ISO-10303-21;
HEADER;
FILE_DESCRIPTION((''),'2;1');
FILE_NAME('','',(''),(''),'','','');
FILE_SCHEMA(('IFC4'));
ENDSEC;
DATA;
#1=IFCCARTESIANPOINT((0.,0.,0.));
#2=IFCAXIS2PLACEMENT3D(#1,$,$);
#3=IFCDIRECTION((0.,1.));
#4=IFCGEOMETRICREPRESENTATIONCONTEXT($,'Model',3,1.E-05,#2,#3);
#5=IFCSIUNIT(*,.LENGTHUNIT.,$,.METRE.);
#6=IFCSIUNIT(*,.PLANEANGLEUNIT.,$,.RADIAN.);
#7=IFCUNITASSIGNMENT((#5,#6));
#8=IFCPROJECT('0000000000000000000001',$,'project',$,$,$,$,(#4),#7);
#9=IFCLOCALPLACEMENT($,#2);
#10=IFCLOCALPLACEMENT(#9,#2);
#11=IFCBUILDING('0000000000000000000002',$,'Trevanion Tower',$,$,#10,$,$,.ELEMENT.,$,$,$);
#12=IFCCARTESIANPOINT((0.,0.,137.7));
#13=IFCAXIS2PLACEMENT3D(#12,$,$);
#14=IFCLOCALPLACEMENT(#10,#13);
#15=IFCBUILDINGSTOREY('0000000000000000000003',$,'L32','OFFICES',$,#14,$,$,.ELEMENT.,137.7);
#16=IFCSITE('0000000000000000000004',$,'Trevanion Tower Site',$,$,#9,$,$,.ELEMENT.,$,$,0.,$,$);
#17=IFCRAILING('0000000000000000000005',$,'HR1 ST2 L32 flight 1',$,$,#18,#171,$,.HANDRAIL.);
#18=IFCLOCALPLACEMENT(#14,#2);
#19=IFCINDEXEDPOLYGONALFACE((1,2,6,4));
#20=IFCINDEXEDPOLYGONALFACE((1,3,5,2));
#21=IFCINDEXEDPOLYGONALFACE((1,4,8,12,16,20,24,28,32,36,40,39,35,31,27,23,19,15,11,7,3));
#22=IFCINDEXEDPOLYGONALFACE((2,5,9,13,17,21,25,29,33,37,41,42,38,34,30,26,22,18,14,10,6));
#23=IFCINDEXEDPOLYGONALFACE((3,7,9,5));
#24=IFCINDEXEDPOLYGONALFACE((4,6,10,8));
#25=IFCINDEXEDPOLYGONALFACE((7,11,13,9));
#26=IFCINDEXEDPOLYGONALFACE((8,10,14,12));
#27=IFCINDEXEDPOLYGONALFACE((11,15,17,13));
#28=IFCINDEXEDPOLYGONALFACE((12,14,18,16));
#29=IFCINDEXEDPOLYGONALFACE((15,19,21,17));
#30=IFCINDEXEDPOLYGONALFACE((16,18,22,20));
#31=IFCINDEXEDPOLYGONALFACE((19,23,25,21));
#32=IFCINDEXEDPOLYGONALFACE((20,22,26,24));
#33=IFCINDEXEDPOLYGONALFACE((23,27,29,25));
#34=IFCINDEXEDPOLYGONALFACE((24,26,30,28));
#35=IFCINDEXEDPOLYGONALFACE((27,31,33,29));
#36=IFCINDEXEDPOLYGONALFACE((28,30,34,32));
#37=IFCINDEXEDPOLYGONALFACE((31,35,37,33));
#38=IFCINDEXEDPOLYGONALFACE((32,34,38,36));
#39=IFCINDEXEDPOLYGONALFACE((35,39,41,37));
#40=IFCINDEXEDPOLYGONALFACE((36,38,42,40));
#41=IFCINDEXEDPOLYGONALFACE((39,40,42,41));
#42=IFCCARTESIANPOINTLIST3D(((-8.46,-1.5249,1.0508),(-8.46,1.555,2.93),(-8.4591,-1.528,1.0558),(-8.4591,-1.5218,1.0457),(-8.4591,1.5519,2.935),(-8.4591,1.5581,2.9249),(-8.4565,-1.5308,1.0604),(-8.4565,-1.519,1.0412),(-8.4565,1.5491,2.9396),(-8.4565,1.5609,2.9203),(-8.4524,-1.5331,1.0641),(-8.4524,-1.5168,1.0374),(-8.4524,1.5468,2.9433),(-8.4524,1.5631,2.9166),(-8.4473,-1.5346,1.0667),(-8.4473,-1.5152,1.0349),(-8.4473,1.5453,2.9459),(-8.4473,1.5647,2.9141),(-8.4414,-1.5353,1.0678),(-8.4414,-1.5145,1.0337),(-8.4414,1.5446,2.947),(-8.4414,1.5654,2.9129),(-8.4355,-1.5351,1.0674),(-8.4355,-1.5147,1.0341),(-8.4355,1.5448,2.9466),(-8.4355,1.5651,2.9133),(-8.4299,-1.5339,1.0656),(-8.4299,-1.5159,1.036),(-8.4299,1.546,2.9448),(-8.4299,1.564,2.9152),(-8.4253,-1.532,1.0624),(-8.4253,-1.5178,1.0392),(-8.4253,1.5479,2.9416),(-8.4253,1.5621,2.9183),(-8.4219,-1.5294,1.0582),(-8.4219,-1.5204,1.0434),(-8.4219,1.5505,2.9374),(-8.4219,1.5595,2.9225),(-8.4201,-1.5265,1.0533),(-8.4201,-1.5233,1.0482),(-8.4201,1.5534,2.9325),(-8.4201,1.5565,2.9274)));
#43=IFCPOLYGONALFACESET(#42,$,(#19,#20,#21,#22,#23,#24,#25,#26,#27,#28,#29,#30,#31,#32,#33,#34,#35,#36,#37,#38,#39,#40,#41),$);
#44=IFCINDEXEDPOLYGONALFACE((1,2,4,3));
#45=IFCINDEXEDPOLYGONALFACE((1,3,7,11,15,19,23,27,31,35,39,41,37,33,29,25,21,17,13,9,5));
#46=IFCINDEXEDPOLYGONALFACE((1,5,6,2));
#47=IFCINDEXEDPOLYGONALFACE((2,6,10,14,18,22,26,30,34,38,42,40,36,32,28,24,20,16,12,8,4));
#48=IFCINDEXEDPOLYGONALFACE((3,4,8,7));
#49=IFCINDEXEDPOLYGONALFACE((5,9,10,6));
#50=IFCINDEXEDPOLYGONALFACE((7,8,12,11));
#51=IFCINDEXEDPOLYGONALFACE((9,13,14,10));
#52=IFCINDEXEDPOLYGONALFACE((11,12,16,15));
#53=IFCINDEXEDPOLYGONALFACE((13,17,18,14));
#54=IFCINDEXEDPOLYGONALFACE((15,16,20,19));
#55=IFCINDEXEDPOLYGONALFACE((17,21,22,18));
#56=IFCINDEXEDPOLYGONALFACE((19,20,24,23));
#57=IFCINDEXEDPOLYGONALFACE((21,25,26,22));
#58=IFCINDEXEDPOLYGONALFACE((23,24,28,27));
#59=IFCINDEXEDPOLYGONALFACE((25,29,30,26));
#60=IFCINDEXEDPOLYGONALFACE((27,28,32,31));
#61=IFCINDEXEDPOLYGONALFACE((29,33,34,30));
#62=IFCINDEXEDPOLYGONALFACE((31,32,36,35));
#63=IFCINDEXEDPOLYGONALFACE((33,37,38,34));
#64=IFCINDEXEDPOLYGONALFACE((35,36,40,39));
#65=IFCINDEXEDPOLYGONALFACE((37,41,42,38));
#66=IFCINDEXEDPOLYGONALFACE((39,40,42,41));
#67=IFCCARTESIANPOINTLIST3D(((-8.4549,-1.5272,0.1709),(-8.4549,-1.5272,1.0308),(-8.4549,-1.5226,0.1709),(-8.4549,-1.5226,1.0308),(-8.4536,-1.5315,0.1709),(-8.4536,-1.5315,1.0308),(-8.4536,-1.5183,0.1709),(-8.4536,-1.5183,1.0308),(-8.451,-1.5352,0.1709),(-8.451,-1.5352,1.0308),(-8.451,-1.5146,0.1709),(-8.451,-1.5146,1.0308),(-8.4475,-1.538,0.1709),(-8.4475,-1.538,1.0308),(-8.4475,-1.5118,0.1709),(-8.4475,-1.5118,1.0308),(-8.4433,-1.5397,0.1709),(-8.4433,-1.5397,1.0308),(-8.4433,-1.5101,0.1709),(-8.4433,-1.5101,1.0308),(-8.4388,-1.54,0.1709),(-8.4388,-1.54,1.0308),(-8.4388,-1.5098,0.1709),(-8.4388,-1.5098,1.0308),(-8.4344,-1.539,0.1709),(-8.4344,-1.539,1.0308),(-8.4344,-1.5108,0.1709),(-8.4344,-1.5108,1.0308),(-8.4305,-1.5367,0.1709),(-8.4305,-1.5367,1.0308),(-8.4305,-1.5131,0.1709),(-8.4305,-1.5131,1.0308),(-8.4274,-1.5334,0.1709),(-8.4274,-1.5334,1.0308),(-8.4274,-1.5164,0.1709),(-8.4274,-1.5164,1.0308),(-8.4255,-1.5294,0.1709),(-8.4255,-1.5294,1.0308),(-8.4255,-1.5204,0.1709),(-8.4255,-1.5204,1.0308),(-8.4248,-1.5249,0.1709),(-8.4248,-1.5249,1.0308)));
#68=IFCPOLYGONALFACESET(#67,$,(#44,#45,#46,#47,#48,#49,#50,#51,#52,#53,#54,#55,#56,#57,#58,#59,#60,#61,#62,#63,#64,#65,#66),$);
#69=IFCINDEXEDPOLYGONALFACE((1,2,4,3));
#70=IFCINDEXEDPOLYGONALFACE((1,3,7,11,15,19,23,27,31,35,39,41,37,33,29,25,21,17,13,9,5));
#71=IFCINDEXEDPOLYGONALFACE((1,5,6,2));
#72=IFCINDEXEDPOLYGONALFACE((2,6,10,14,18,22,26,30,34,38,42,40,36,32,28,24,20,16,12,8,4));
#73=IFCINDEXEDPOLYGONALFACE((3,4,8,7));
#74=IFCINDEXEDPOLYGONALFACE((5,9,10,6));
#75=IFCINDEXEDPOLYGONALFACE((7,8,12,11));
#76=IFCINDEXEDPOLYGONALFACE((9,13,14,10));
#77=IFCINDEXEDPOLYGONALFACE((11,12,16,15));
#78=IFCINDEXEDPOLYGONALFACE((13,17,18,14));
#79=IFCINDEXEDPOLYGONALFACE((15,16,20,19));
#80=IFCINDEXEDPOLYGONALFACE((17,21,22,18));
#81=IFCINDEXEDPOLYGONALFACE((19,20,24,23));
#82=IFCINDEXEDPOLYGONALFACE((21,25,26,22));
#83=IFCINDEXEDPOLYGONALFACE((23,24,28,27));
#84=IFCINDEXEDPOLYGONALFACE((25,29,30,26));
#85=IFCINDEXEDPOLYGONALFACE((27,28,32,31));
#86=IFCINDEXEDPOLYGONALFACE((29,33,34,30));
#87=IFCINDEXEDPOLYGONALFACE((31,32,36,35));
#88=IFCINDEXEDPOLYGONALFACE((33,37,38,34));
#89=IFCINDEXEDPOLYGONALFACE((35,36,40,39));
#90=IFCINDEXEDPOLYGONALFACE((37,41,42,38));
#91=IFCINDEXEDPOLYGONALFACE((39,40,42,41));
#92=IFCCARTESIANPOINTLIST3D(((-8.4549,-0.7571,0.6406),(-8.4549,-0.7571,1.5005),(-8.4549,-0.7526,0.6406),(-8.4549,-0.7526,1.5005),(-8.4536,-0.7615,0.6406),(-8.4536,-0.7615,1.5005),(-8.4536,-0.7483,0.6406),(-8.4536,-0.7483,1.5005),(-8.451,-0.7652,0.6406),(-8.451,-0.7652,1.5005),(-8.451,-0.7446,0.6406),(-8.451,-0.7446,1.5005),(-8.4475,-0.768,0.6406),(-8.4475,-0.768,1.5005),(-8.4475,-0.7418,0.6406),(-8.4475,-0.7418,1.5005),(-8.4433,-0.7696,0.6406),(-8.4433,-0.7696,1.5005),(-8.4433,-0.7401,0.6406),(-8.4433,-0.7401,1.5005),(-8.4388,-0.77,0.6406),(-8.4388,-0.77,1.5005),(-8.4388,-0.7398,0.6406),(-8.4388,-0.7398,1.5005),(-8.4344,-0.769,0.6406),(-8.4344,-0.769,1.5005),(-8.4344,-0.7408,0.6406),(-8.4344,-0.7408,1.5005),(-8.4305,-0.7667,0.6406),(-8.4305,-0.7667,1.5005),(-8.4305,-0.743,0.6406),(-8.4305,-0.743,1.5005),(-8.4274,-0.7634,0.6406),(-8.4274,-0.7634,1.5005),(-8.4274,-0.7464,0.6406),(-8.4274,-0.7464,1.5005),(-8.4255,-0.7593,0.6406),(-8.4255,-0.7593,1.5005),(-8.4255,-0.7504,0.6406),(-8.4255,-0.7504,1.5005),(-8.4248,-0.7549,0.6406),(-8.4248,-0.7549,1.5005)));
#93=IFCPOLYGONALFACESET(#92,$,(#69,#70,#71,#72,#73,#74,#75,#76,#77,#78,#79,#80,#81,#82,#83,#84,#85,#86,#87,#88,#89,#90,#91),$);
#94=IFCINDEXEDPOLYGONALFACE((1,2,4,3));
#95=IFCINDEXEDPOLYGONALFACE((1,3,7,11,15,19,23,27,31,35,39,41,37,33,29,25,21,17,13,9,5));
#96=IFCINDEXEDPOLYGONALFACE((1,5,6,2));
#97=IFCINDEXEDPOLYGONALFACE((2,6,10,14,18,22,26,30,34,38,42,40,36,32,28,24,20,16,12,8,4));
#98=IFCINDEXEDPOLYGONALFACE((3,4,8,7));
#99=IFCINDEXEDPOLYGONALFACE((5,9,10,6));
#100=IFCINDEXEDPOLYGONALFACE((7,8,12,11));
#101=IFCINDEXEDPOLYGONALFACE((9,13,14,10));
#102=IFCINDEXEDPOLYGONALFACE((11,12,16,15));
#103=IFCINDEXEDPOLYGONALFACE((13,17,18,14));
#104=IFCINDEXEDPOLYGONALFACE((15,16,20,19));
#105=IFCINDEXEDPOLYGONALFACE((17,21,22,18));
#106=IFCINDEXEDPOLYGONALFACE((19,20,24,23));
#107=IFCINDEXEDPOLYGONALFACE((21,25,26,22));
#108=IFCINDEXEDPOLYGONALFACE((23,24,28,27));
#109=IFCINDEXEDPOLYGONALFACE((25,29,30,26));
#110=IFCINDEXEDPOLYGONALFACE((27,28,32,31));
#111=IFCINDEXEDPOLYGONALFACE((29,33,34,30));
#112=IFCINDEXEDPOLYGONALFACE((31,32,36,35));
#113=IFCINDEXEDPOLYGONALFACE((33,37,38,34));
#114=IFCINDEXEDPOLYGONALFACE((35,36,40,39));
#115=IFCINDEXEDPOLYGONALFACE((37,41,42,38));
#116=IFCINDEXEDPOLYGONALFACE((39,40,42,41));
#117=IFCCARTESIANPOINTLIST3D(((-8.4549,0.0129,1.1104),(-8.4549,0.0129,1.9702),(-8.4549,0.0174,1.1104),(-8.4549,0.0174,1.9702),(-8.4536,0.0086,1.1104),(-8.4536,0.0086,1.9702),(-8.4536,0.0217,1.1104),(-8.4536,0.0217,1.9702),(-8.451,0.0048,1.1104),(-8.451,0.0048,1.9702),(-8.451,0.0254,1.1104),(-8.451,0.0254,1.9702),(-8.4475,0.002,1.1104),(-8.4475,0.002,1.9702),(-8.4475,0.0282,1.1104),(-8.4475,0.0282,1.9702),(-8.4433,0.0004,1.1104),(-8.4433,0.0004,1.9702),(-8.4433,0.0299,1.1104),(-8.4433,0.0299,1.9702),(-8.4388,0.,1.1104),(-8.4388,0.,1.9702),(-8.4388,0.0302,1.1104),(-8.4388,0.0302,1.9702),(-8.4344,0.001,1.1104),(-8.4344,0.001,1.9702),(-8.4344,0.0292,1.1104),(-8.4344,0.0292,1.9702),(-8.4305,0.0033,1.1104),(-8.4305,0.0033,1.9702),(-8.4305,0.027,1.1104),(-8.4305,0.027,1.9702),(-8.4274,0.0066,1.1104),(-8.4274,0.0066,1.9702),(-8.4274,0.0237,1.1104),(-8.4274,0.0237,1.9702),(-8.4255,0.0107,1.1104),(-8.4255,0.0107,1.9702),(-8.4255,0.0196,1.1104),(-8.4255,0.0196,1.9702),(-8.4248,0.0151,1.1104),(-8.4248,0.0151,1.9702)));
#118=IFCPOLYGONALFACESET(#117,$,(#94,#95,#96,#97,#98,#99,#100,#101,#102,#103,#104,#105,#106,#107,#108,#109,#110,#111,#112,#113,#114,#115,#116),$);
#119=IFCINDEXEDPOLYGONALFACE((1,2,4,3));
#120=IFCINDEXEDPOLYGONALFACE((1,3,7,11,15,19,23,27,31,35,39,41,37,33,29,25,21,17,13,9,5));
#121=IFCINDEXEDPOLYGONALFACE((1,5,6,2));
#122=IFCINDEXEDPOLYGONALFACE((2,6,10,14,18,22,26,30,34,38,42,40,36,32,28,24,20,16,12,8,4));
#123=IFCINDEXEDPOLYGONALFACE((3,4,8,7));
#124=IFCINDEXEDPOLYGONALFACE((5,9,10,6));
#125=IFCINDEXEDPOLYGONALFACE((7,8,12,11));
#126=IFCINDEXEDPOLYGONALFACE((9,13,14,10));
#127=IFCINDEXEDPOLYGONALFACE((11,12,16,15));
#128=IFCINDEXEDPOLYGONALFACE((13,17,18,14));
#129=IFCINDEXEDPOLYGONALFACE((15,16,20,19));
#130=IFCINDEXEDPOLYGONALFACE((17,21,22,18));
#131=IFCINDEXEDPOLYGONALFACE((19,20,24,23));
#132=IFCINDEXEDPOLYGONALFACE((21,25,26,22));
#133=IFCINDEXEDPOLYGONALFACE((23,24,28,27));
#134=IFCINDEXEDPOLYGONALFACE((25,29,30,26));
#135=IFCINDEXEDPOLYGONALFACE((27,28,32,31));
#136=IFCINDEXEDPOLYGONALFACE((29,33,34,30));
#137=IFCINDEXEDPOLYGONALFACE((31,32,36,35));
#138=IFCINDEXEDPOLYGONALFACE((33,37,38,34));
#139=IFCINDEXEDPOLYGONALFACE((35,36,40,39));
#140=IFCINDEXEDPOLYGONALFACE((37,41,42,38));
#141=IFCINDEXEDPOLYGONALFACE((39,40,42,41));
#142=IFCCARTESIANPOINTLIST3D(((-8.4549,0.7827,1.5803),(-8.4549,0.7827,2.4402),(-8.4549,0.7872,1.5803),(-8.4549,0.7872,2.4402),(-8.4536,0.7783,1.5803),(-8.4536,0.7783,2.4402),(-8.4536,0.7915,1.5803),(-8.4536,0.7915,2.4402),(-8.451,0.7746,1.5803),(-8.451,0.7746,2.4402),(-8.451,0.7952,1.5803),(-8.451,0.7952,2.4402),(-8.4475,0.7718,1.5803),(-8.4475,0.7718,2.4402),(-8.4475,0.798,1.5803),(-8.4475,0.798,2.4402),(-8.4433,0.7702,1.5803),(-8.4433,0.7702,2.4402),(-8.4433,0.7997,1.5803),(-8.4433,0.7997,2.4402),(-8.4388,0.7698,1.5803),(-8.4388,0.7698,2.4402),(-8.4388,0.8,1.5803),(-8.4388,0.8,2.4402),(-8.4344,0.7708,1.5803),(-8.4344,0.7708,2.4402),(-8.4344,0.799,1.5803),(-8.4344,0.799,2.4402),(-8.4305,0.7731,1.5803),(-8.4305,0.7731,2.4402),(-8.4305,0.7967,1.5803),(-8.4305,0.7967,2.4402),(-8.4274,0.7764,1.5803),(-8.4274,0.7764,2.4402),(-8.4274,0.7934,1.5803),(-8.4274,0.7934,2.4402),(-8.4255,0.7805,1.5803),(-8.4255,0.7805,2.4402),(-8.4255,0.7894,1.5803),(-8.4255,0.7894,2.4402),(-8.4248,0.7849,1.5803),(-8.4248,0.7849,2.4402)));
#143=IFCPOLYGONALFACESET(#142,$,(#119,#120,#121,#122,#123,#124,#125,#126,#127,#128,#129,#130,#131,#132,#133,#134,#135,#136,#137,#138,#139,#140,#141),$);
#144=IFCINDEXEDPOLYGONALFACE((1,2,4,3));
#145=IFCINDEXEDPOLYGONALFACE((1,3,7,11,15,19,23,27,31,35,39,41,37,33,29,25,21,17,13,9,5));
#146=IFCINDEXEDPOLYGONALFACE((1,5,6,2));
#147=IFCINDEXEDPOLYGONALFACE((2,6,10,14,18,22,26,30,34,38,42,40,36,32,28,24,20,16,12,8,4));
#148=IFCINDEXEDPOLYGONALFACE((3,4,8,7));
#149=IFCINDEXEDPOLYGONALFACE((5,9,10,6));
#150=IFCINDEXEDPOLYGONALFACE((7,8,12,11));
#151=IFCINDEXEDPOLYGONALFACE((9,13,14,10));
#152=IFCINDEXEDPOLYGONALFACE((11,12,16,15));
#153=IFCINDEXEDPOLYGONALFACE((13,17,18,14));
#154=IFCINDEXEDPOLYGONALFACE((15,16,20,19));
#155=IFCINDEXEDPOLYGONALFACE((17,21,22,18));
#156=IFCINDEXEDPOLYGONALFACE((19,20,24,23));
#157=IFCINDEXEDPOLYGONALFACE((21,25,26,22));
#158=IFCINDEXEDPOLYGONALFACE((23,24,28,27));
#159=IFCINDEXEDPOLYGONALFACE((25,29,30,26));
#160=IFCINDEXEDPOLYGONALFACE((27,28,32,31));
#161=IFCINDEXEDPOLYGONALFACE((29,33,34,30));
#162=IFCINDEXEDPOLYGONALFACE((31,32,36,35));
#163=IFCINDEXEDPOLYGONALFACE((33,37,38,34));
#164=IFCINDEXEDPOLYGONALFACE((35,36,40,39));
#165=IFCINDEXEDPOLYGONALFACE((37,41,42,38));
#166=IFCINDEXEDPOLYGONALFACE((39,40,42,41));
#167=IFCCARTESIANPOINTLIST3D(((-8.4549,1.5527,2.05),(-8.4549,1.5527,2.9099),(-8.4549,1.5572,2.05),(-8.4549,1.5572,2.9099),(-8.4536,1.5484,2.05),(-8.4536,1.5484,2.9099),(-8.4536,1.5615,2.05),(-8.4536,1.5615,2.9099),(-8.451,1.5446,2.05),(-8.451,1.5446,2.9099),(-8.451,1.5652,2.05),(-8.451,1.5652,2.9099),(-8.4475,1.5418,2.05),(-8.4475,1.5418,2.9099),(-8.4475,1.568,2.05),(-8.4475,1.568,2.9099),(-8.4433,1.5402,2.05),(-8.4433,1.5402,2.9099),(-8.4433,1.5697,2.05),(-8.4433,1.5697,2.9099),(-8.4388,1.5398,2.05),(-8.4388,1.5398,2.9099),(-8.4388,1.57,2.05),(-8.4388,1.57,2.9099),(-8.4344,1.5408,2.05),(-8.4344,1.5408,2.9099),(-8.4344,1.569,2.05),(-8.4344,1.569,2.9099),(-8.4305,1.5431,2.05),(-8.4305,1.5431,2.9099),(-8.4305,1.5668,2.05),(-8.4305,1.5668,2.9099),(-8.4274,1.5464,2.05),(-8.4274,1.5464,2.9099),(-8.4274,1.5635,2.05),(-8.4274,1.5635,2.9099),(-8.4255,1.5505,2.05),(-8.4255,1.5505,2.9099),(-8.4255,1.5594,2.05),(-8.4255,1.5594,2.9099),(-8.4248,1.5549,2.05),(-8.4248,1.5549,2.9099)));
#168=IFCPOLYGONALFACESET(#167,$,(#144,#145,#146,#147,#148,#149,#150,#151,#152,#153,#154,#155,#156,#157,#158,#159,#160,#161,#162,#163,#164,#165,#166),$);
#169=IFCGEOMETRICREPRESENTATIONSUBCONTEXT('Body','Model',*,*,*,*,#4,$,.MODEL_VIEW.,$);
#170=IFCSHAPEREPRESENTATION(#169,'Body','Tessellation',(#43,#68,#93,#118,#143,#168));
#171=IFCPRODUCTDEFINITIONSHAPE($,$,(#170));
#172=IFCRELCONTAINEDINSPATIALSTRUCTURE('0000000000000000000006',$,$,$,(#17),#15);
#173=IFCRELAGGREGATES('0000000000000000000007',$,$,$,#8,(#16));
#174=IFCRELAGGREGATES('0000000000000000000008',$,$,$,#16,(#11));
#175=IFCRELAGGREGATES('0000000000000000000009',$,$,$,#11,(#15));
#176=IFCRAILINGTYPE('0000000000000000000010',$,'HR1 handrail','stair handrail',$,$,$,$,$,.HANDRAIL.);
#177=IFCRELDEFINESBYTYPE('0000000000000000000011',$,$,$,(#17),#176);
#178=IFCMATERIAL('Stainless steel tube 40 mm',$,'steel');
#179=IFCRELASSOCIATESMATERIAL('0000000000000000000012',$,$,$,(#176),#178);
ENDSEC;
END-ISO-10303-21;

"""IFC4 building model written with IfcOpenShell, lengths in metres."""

from ifc_helpers import new_model, si_unit, direction, frame, origin, origin_2d, place, context, subcontext, project, spatial, circle, extrude, material, type_object, element, save


model = new_model("IFC4")

# Units and contexts
model_context = context("Model", 3, precision=1e-05, world=origin(), true_north=direction((0.0, 1.0)))
body_context = subcontext(model_context, "Body", "Model", "MODEL_VIEW")
ifc_project = project(units=[si_unit("LENGTHUNIT", "METRE"), si_unit("PLANEANGLEUNIT", "RADIAN")], contexts=[model_context])

# Site, building, storey
site_placement = place(None, origin())
site = spatial("IfcSite", under=ifc_project, at=site_placement, Name="Trevanion Tower Site", CompositionType="ELEMENT", RefElevation=0.0)
building_placement = place(site_placement, origin())
building = spatial("IfcBuilding", under=site, at=building_placement, Name="Trevanion Tower", CompositionType="ELEMENT")
storey_placement = place(building_placement, frame((0.0, 0.0, 137.7)))
storey = spatial("IfcBuildingStorey", under=building, at=storey_placement, Name="L32", Description="OFFICES", CompositionType="ELEMENT", Elevation=137.7)

# Railing
ifc_material_1 = material(Name="Stainless steel tube 40 mm", Category="steel")
railing_type = type_object("IfcRailingType", Name="HR1 handrail", Description="stair handrail", PredefinedType="HANDRAIL", material=ifc_material_1)
for number, where, name in (
    (1, (-8.4399, -1.5249, 0.1709), "HR1 ST2 L32 flight 1"),
):
    element("IfcRailing", number, at=place(storey_placement, frame(where)), inside=storey, type_object=railing_type, Name=name, PredefinedType="HANDRAIL", context=body_context, shape_type="SweptSolid", body=[
        extrude(circle(Radius=0.02, at=origin_2d()), frame((0.0, 0.0, 0.8799), z_axis=(0.0, 0.853648, 0.52085), x_axis=(-1.0, 0.0, 0.0)), (0.0, 0.0, 1.0), 3.6079),
        extrude(circle(Radius=0.0151, at=origin_2d()), origin(), (0.0, 0.0, 1.0), 0.8599),
        extrude(circle(Radius=0.0151, at=origin_2d()), frame((0.0, 0.77, 0.4697)), (0.0, 0.0, 1.0), 0.8599),
        extrude(circle(Radius=0.0151, at=origin_2d()), frame((0.0, 1.54, 0.9395)), (0.0, 0.0, 1.0), 0.8599),
        extrude(circle(Radius=0.0151, at=origin_2d()), frame((0.0, 2.3098, 1.4094)), (0.0, 0.0, 1.0), 0.8599),
        extrude(circle(Radius=0.0151, at=origin_2d()), frame((0.0, 3.0798, 1.8792)), (0.0, 0.0, 1.0), 0.8599),
    ])

save(model, "model.ifc")
